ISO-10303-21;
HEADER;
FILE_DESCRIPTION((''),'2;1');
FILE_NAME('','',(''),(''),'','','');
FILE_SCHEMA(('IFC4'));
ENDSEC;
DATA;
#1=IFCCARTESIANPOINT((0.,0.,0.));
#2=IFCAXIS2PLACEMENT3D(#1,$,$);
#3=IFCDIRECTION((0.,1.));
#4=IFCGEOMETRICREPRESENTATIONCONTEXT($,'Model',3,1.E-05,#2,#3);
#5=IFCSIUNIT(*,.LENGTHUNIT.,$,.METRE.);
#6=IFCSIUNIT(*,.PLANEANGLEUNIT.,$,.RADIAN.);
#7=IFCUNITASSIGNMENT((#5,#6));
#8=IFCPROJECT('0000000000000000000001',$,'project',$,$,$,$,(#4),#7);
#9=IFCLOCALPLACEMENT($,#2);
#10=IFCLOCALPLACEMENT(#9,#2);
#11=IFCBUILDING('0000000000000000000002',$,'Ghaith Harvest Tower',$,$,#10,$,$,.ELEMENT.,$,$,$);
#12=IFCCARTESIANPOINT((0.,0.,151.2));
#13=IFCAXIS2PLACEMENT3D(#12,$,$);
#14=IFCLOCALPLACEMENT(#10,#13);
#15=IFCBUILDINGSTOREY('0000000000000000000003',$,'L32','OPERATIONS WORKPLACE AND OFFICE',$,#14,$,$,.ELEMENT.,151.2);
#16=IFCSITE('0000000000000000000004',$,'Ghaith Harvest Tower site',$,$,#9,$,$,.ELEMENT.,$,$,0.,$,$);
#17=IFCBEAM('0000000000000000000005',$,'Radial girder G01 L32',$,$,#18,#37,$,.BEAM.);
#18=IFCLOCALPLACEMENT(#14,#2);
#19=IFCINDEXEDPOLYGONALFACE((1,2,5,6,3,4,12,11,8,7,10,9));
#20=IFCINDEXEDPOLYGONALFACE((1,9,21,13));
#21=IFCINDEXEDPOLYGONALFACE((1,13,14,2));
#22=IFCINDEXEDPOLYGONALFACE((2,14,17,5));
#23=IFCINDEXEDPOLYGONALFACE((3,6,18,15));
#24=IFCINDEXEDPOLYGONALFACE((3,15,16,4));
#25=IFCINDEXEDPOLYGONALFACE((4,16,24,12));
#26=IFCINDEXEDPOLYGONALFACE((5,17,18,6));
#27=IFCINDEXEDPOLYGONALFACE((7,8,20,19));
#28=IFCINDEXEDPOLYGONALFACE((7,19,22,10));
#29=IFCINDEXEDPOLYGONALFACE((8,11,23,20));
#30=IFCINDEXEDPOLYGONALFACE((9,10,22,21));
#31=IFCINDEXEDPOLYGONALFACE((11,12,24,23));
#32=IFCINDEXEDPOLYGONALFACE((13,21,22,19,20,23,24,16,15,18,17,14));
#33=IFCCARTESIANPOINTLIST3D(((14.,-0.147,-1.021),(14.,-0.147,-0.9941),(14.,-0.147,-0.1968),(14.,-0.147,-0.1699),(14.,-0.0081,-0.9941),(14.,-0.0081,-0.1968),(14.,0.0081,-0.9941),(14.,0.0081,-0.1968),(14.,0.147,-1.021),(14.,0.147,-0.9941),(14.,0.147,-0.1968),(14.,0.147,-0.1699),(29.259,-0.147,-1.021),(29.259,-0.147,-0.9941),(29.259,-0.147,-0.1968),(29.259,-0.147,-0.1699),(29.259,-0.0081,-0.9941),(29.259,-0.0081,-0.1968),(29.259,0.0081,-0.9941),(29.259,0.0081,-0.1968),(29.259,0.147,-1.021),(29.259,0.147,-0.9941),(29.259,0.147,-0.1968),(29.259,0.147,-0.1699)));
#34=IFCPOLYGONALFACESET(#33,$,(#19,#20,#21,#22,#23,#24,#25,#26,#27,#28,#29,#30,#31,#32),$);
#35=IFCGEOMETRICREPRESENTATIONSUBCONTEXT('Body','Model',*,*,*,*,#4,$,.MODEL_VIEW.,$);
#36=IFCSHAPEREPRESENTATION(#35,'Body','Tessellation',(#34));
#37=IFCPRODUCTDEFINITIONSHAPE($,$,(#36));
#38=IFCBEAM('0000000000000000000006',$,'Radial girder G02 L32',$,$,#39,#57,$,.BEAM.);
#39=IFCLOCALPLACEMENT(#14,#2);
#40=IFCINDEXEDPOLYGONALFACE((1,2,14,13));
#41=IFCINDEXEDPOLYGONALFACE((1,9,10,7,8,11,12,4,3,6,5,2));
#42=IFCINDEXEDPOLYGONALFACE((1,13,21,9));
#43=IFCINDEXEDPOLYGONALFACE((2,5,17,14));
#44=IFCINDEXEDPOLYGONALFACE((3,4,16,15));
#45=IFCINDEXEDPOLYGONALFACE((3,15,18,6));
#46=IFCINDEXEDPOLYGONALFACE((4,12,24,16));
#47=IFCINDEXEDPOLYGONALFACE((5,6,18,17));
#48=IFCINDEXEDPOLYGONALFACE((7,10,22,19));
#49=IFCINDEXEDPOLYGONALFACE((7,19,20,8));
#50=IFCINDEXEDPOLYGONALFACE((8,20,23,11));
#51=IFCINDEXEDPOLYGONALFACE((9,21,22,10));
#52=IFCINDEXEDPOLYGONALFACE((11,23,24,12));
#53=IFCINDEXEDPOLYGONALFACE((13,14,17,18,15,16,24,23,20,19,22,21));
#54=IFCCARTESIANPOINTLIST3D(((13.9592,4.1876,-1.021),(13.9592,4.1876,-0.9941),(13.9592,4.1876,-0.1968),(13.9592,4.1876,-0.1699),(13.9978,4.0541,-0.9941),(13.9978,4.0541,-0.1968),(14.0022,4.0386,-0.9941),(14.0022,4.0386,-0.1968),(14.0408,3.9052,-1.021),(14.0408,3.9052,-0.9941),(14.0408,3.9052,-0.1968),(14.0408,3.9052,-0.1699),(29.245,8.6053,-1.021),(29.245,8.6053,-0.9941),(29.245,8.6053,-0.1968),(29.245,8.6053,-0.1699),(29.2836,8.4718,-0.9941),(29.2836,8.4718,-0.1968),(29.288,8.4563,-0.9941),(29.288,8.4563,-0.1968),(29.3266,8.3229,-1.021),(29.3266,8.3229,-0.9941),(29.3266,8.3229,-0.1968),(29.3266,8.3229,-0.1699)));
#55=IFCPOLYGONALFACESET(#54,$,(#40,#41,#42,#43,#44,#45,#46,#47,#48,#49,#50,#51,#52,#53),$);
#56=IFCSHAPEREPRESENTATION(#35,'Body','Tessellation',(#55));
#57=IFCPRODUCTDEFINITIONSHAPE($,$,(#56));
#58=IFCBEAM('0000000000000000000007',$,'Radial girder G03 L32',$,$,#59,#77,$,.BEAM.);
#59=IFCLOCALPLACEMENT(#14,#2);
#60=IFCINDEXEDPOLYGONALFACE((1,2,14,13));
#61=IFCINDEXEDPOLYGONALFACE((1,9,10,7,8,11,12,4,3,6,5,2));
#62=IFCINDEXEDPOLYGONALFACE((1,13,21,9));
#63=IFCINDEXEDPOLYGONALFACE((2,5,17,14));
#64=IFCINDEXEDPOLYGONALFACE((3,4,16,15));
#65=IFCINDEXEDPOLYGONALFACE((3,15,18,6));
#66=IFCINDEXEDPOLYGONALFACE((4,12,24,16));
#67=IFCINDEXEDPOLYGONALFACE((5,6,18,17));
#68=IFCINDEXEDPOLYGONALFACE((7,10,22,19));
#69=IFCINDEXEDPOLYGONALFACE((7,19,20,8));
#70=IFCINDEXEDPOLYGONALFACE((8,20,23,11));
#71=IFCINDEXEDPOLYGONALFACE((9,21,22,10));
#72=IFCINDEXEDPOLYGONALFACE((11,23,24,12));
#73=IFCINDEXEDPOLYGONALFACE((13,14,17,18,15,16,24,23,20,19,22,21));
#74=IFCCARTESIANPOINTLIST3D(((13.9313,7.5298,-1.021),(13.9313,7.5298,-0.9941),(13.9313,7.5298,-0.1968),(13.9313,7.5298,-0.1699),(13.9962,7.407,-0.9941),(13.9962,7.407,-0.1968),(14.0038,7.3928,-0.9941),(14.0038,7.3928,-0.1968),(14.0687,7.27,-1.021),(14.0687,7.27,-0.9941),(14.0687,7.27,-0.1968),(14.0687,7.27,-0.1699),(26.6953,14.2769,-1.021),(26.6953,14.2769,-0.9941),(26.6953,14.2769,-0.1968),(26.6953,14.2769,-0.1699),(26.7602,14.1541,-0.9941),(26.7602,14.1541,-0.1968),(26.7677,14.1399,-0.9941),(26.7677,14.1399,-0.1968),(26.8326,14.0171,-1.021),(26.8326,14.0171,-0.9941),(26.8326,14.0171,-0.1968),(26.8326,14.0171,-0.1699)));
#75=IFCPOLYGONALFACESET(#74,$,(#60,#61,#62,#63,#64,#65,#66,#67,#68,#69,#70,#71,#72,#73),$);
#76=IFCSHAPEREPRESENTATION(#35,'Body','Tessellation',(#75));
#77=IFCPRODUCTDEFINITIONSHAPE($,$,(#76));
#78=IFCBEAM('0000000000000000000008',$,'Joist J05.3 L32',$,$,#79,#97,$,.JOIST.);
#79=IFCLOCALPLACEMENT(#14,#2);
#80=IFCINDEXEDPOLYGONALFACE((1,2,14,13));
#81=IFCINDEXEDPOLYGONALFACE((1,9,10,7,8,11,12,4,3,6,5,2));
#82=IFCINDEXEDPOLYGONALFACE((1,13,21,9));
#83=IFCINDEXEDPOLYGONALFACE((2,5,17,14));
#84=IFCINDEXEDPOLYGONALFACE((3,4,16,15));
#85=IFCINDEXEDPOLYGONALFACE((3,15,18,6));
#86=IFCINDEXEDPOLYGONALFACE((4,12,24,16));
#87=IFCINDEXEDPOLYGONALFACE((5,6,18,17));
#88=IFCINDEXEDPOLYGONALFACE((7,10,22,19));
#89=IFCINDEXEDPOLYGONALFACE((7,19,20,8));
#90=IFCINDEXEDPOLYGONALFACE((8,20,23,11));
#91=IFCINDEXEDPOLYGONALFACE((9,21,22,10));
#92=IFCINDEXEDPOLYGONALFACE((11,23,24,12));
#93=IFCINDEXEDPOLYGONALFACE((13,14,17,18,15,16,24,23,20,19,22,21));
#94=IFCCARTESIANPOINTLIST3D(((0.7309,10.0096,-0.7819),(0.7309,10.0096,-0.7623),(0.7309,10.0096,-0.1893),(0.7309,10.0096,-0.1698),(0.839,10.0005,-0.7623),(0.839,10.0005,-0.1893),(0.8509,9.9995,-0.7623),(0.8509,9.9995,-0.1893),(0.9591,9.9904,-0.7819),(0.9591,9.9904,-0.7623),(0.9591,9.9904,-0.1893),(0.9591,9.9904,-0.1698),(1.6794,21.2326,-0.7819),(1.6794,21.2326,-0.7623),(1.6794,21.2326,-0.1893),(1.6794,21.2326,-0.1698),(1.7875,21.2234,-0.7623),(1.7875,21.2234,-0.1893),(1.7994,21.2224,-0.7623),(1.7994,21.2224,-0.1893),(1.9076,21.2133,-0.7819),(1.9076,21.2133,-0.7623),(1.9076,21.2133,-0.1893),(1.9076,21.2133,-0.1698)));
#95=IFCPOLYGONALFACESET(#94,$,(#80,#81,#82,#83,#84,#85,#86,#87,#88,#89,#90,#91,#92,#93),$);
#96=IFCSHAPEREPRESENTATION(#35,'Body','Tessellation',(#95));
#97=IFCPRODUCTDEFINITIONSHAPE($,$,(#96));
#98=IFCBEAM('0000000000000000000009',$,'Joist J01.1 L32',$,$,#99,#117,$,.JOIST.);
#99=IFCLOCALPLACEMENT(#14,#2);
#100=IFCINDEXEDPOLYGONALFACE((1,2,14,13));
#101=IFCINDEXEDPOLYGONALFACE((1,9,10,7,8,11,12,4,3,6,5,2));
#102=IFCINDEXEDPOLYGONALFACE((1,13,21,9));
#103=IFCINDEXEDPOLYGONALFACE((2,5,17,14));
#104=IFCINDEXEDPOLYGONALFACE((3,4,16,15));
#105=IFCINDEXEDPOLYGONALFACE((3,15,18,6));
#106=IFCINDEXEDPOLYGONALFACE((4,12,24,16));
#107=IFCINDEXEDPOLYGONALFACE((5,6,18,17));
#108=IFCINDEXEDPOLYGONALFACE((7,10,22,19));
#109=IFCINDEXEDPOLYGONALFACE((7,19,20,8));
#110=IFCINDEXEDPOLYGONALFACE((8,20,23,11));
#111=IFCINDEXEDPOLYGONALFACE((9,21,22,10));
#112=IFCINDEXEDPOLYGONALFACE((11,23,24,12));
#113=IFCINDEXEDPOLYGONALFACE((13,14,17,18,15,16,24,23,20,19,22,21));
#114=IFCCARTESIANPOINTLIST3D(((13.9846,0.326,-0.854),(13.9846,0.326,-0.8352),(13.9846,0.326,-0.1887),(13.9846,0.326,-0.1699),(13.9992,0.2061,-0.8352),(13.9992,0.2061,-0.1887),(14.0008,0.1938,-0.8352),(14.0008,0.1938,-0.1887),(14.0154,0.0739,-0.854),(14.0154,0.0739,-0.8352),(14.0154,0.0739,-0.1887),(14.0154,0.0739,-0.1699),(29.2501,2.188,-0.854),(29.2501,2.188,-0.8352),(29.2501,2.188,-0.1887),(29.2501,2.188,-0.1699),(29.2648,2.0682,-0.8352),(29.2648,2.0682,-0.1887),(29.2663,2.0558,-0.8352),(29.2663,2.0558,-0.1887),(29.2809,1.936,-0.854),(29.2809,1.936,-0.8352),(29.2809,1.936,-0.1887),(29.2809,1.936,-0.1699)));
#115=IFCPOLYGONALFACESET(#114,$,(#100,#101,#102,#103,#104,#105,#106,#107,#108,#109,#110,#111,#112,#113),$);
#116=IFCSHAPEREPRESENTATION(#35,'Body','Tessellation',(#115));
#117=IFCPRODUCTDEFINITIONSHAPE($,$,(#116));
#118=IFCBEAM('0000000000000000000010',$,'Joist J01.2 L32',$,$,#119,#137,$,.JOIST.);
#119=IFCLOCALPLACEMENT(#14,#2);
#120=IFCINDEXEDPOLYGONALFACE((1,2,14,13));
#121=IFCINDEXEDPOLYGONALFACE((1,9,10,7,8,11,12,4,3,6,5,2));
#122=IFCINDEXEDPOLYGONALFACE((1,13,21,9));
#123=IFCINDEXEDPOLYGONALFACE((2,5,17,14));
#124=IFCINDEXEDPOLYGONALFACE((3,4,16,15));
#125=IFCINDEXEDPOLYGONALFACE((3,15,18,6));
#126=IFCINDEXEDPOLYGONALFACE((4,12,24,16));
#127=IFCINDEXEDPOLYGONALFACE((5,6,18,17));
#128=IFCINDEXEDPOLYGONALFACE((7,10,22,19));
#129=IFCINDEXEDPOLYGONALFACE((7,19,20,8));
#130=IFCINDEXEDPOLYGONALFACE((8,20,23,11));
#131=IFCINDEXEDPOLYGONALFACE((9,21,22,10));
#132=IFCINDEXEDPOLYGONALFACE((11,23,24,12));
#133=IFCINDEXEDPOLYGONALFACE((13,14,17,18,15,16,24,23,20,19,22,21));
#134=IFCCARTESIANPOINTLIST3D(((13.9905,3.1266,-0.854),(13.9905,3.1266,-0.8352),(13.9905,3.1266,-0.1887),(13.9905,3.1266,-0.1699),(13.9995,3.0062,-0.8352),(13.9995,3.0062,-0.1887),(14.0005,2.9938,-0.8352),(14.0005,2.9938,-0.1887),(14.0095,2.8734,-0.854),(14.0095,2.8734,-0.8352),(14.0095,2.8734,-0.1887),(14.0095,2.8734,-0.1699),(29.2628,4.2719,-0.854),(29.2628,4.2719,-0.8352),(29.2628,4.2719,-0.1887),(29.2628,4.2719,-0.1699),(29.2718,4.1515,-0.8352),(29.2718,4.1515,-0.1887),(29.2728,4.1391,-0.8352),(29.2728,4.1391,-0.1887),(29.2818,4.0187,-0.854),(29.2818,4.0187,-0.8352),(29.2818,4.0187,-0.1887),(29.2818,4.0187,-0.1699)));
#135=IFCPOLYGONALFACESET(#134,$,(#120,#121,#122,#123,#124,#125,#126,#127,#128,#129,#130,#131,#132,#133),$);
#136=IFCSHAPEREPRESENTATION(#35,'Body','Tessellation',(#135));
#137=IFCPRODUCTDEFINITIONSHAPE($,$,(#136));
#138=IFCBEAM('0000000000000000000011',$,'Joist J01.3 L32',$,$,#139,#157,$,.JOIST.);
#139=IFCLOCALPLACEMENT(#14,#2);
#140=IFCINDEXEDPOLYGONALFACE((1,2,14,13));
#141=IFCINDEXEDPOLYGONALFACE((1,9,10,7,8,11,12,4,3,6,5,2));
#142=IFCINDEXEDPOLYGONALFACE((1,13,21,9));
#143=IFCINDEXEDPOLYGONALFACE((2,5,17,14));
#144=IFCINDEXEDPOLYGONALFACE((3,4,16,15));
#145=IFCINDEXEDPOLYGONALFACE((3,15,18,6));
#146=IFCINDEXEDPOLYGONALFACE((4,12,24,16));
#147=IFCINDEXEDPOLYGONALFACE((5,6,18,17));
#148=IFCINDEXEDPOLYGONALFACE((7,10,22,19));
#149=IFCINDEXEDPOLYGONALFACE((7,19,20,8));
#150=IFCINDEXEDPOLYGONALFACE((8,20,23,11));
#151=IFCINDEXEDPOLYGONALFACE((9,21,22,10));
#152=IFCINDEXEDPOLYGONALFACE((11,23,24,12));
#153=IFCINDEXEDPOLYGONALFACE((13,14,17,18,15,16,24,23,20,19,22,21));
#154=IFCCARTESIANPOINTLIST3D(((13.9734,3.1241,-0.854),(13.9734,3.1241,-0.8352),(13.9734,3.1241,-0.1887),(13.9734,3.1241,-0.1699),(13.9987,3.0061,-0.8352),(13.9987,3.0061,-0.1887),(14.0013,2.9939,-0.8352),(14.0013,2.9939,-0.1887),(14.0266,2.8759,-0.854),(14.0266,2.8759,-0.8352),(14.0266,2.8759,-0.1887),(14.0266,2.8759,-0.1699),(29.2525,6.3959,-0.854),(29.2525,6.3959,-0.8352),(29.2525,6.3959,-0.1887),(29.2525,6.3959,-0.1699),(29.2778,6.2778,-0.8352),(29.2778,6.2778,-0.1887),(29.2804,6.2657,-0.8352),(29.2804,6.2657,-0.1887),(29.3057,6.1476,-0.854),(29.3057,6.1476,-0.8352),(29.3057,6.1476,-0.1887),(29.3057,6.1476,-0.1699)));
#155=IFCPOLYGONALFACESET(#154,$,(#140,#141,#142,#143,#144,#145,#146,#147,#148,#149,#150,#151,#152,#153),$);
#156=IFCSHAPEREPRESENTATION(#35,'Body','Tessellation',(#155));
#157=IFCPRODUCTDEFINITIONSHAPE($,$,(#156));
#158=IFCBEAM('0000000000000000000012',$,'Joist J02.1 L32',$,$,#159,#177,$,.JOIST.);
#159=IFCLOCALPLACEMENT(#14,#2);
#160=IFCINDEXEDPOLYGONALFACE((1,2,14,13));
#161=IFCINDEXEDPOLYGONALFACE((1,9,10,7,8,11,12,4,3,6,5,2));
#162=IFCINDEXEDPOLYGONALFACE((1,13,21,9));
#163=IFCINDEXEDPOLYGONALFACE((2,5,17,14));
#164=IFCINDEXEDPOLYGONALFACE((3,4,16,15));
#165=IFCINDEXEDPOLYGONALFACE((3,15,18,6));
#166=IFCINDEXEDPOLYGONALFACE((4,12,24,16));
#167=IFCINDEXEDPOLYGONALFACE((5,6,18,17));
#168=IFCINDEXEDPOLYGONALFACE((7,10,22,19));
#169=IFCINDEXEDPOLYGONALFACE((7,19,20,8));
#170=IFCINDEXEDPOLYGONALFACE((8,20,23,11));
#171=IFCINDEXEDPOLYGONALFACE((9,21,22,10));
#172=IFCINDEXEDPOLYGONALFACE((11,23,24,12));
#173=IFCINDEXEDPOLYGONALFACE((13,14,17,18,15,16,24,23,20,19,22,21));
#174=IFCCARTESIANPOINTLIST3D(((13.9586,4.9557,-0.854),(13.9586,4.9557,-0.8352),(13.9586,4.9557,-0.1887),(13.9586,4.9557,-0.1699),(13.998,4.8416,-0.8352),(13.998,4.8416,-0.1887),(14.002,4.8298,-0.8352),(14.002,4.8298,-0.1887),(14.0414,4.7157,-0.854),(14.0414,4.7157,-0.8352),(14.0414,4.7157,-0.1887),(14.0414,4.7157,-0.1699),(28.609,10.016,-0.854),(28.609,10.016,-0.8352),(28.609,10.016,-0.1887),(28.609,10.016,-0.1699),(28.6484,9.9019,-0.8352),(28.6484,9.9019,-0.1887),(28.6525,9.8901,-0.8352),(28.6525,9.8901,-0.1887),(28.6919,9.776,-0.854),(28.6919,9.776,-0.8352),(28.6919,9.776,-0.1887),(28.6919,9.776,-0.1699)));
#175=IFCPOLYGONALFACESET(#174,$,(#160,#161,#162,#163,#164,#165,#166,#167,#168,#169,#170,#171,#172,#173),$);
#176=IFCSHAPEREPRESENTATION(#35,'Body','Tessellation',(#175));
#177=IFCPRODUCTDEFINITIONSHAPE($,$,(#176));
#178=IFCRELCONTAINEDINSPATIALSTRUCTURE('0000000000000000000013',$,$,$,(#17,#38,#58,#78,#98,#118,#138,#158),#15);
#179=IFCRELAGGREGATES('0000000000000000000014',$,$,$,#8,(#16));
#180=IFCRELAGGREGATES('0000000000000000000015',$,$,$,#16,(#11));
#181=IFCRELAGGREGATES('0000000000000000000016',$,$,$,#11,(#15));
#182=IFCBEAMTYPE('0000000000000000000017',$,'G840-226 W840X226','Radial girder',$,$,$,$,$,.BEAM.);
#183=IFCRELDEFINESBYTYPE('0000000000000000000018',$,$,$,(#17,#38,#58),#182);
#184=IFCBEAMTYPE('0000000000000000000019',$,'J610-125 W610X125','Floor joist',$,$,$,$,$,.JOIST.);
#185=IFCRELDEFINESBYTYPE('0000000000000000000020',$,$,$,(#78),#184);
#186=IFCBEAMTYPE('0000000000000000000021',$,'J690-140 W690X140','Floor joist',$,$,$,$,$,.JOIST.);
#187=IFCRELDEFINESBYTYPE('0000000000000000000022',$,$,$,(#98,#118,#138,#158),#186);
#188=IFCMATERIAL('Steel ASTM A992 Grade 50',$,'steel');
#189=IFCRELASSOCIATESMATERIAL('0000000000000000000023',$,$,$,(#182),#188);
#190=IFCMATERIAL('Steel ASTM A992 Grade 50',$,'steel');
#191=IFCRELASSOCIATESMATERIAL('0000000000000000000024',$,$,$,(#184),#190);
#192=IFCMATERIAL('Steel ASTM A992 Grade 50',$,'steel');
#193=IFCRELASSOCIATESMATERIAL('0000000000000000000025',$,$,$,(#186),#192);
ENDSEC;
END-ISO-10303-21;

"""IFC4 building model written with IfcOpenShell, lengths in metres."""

from ifc_helpers import new_model, si_unit, direction, frame, origin, origin_2d, place, context, subcontext, project, spatial, i_section, extrude, material, material_profile, profile_set, type_object, element, save


model = new_model("IFC4")

# Units and contexts
model_context = context("Model", 3, precision=1e-05, world=origin(), true_north=direction((0.0, 1.0)))
body_context = subcontext(model_context, "Body", "Model", "MODEL_VIEW")
ifc_project = project(units=[si_unit("LENGTHUNIT", "METRE"), si_unit("PLANEANGLEUNIT", "RADIAN")], contexts=[model_context])

# Site, building, storey
site_placement = place(None, origin())
site = spatial("IfcSite", under=ifc_project, at=site_placement, Name="Ghaith Harvest Tower site", CompositionType="ELEMENT", RefElevation=0.0)
building_placement = place(site_placement, origin())
building = spatial("IfcBuilding", under=site, at=building_placement, Name="Ghaith Harvest Tower", CompositionType="ELEMENT")
storey_placement = place(building_placement, frame((0.0, 0.0, 151.2)))
storey = spatial("IfcBuildingStorey", under=building, at=storey_placement, Name="L32", Description="OPERATIONS WORKPLACE AND OFFICE", CompositionType="ELEMENT", Elevation=151.2)

# Beams
ifc_material_1 = material(Name="Steel ASTM A992 Grade 50", Category="steel")
ifc_material_profile_1 = material_profile(ifc_material_1, i_section(OverallWidth=0.2939, OverallDepth=0.8511, WebThickness=0.0161, FlangeThickness=0.0269, at=origin_2d()), Name="W840X226")
ifc_profile_set_1 = profile_set([ifc_material_profile_1], Name="Steel ASTM A992 Grade 50")
beam_type_1 = type_object("IfcBeamType", Name="G840-226 W840X226", Description="Radial girder", PredefinedType="BEAM", material=ifc_profile_set_1)
beam_1_placement = place(storey_placement, frame((14.0, 0.0, -0.5955), z_axis=(1.0, 0.0, 0.0), x_axis=(0.0, 1.0, 0.0)))
element("IfcBeam", 1, at=beam_1_placement, inside=storey, type_object=beam_type_1, Name="Radial girder G01 L32", PredefinedType="BEAM", context=body_context, shape_type="SweptSolid", body=[
    extrude(i_section(OverallWidth=0.2939, OverallDepth=0.8511, WebThickness=0.0161, FlangeThickness=0.0269, at=origin_2d()), origin(), (0.0, 0.0, 1.0), 15.259),
])
beam_2_placement = place(storey_placement, frame((14.0, 4.0464, -0.5955), z_axis=(0.960684, 0.277644, 0.0), x_axis=(-0.277644, 0.960684, 0.0)))
element("IfcBeam", 2, at=beam_2_placement, inside=storey, type_object=beam_type_1, Name="Radial girder G02 L32", PredefinedType="BEAM", context=body_context, shape_type="SweptSolid", body=[
    extrude(i_section(OverallWidth=0.2939, OverallDepth=0.8511, WebThickness=0.0161, FlangeThickness=0.0269, at=origin_2d()), origin(), (0.0, 0.0, 1.0), 15.9114),
])
beam_3_placement = place(storey_placement, frame((14.0, 7.3999, -0.5955), z_axis=(0.884083, 0.467331, 0.0), x_axis=(-0.467331, 0.884083, 0.0)))
element("IfcBeam", 3, at=beam_3_placement, inside=storey, type_object=beam_type_1, Name="Radial girder G03 L32", PredefinedType="BEAM", context=body_context, shape_type="SweptSolid", body=[
    extrude(i_section(OverallWidth=0.2939, OverallDepth=0.8511, WebThickness=0.0161, FlangeThickness=0.0269, at=origin_2d()), origin(), (0.0, 0.0, 1.0), 14.4375),
])
ifc_material_2 = material(Name="Steel ASTM A992 Grade 50", Category="steel")
ifc_material_profile_2 = material_profile(ifc_material_2, i_section(OverallWidth=0.229, OverallDepth=0.6121, WebThickness=0.012, FlangeThickness=0.0195, at=origin_2d()), Name="W610X125")
ifc_profile_set_2 = profile_set([ifc_material_profile_2], Name="Steel ASTM A992 Grade 50")
beam_type_2 = type_object("IfcBeamType", Name="J610-125 W610X125", Description="Floor joist", PredefinedType="JOIST", material=ifc_profile_set_2)
beam_4_placement = place(storey_placement, frame((0.845, 10.0, -0.4758), z_axis=(0.084213, 0.996448, 0.0), x_axis=(-0.996448, 0.084213, 0.0)))
element("IfcBeam", 4, at=beam_4_placement, inside=storey, type_object=beam_type_2, Name="Joist J05.3 L32", PredefinedType="JOIST", context=body_context, shape_type="SweptSolid", body=[
    extrude(i_section(OverallWidth=0.229, OverallDepth=0.6121, WebThickness=0.012, FlangeThickness=0.0195, at=origin_2d()), origin(), (0.0, 0.0, 1.0), 11.2629),
])
ifc_material_3 = material(Name="Steel ASTM A992 Grade 50", Category="steel")
ifc_material_profile_3 = material_profile(ifc_material_3, i_section(OverallWidth=0.2539, OverallDepth=0.6841, WebThickness=0.0125, FlangeThickness=0.0188, at=origin_2d()), Name="W690X140")
ifc_profile_set_3 = profile_set([ifc_material_profile_3], Name="Steel ASTM A992 Grade 50")
beam_type_3 = type_object("IfcBeamType", Name="J690-140 W690X140", Description="Floor joist", PredefinedType="JOIST", material=ifc_profile_set_3)
beam_5_placement = place(storey_placement, frame((14.0, 0.2, -0.512), z_axis=(0.992643, 0.12108, 0.0), x_axis=(-0.12108, 0.992643, 0.0)))
element("IfcBeam", 5, at=beam_5_placement, inside=storey, type_object=beam_type_3, Name="Joist J01.1 L32", PredefinedType="JOIST", context=body_context, shape_type="SweptSolid", body=[
    extrude(i_section(OverallWidth=0.2539, OverallDepth=0.6841, WebThickness=0.0125, FlangeThickness=0.0188, at=origin_2d()), origin(), (0.0, 0.0, 1.0), 15.3787),
])
beam_6_placement = place(storey_placement, frame((14.0, 3.0, -0.512), z_axis=(0.9972, 0.07478, 0.0), x_axis=(-0.07478, 0.9972, 0.0)))
element("IfcBeam", 6, at=beam_6_placement, inside=storey, type_object=beam_type_3, Name="Joist J01.2 L32", PredefinedType="JOIST", context=body_context, shape_type="SweptSolid", body=[
    extrude(i_section(OverallWidth=0.2539, OverallDepth=0.6841, WebThickness=0.0125, FlangeThickness=0.0188, at=origin_2d()), origin(), (0.0, 0.0, 1.0), 15.3152),
])
beam_7_placement = place(storey_placement, frame((14.0, 3.0, -0.512), z_axis=(0.977833, 0.209385, 0.0), x_axis=(-0.209385, 0.977833, 0.0)))
element("IfcBeam", 7, at=beam_7_placement, inside=storey, type_object=beam_type_3, Name="Joist J01.3 L32", PredefinedType="JOIST", context=body_context, shape_type="SweptSolid", body=[
    extrude(i_section(OverallWidth=0.2539, OverallDepth=0.6841, WebThickness=0.0125, FlangeThickness=0.0188, at=origin_2d()), origin(), (0.0, 0.0, 1.0), 15.6255),
])
beam_8_placement = place(storey_placement, frame((14.0, 4.8357, -0.512), z_axis=(0.945205, 0.326478, 0.0), x_axis=(-0.326478, 0.945205, 0.0)))
element("IfcBeam", 8, at=beam_8_placement, inside=storey, type_object=beam_type_3, Name="Joist J02.1 L32", PredefinedType="JOIST", context=body_context, shape_type="SweptSolid", body=[
    extrude(i_section(OverallWidth=0.2539, OverallDepth=0.6841, WebThickness=0.0125, FlangeThickness=0.0188, at=origin_2d()), origin(), (0.0, 0.0, 1.0), 15.4998),
])

save(model, "model.ifc")
